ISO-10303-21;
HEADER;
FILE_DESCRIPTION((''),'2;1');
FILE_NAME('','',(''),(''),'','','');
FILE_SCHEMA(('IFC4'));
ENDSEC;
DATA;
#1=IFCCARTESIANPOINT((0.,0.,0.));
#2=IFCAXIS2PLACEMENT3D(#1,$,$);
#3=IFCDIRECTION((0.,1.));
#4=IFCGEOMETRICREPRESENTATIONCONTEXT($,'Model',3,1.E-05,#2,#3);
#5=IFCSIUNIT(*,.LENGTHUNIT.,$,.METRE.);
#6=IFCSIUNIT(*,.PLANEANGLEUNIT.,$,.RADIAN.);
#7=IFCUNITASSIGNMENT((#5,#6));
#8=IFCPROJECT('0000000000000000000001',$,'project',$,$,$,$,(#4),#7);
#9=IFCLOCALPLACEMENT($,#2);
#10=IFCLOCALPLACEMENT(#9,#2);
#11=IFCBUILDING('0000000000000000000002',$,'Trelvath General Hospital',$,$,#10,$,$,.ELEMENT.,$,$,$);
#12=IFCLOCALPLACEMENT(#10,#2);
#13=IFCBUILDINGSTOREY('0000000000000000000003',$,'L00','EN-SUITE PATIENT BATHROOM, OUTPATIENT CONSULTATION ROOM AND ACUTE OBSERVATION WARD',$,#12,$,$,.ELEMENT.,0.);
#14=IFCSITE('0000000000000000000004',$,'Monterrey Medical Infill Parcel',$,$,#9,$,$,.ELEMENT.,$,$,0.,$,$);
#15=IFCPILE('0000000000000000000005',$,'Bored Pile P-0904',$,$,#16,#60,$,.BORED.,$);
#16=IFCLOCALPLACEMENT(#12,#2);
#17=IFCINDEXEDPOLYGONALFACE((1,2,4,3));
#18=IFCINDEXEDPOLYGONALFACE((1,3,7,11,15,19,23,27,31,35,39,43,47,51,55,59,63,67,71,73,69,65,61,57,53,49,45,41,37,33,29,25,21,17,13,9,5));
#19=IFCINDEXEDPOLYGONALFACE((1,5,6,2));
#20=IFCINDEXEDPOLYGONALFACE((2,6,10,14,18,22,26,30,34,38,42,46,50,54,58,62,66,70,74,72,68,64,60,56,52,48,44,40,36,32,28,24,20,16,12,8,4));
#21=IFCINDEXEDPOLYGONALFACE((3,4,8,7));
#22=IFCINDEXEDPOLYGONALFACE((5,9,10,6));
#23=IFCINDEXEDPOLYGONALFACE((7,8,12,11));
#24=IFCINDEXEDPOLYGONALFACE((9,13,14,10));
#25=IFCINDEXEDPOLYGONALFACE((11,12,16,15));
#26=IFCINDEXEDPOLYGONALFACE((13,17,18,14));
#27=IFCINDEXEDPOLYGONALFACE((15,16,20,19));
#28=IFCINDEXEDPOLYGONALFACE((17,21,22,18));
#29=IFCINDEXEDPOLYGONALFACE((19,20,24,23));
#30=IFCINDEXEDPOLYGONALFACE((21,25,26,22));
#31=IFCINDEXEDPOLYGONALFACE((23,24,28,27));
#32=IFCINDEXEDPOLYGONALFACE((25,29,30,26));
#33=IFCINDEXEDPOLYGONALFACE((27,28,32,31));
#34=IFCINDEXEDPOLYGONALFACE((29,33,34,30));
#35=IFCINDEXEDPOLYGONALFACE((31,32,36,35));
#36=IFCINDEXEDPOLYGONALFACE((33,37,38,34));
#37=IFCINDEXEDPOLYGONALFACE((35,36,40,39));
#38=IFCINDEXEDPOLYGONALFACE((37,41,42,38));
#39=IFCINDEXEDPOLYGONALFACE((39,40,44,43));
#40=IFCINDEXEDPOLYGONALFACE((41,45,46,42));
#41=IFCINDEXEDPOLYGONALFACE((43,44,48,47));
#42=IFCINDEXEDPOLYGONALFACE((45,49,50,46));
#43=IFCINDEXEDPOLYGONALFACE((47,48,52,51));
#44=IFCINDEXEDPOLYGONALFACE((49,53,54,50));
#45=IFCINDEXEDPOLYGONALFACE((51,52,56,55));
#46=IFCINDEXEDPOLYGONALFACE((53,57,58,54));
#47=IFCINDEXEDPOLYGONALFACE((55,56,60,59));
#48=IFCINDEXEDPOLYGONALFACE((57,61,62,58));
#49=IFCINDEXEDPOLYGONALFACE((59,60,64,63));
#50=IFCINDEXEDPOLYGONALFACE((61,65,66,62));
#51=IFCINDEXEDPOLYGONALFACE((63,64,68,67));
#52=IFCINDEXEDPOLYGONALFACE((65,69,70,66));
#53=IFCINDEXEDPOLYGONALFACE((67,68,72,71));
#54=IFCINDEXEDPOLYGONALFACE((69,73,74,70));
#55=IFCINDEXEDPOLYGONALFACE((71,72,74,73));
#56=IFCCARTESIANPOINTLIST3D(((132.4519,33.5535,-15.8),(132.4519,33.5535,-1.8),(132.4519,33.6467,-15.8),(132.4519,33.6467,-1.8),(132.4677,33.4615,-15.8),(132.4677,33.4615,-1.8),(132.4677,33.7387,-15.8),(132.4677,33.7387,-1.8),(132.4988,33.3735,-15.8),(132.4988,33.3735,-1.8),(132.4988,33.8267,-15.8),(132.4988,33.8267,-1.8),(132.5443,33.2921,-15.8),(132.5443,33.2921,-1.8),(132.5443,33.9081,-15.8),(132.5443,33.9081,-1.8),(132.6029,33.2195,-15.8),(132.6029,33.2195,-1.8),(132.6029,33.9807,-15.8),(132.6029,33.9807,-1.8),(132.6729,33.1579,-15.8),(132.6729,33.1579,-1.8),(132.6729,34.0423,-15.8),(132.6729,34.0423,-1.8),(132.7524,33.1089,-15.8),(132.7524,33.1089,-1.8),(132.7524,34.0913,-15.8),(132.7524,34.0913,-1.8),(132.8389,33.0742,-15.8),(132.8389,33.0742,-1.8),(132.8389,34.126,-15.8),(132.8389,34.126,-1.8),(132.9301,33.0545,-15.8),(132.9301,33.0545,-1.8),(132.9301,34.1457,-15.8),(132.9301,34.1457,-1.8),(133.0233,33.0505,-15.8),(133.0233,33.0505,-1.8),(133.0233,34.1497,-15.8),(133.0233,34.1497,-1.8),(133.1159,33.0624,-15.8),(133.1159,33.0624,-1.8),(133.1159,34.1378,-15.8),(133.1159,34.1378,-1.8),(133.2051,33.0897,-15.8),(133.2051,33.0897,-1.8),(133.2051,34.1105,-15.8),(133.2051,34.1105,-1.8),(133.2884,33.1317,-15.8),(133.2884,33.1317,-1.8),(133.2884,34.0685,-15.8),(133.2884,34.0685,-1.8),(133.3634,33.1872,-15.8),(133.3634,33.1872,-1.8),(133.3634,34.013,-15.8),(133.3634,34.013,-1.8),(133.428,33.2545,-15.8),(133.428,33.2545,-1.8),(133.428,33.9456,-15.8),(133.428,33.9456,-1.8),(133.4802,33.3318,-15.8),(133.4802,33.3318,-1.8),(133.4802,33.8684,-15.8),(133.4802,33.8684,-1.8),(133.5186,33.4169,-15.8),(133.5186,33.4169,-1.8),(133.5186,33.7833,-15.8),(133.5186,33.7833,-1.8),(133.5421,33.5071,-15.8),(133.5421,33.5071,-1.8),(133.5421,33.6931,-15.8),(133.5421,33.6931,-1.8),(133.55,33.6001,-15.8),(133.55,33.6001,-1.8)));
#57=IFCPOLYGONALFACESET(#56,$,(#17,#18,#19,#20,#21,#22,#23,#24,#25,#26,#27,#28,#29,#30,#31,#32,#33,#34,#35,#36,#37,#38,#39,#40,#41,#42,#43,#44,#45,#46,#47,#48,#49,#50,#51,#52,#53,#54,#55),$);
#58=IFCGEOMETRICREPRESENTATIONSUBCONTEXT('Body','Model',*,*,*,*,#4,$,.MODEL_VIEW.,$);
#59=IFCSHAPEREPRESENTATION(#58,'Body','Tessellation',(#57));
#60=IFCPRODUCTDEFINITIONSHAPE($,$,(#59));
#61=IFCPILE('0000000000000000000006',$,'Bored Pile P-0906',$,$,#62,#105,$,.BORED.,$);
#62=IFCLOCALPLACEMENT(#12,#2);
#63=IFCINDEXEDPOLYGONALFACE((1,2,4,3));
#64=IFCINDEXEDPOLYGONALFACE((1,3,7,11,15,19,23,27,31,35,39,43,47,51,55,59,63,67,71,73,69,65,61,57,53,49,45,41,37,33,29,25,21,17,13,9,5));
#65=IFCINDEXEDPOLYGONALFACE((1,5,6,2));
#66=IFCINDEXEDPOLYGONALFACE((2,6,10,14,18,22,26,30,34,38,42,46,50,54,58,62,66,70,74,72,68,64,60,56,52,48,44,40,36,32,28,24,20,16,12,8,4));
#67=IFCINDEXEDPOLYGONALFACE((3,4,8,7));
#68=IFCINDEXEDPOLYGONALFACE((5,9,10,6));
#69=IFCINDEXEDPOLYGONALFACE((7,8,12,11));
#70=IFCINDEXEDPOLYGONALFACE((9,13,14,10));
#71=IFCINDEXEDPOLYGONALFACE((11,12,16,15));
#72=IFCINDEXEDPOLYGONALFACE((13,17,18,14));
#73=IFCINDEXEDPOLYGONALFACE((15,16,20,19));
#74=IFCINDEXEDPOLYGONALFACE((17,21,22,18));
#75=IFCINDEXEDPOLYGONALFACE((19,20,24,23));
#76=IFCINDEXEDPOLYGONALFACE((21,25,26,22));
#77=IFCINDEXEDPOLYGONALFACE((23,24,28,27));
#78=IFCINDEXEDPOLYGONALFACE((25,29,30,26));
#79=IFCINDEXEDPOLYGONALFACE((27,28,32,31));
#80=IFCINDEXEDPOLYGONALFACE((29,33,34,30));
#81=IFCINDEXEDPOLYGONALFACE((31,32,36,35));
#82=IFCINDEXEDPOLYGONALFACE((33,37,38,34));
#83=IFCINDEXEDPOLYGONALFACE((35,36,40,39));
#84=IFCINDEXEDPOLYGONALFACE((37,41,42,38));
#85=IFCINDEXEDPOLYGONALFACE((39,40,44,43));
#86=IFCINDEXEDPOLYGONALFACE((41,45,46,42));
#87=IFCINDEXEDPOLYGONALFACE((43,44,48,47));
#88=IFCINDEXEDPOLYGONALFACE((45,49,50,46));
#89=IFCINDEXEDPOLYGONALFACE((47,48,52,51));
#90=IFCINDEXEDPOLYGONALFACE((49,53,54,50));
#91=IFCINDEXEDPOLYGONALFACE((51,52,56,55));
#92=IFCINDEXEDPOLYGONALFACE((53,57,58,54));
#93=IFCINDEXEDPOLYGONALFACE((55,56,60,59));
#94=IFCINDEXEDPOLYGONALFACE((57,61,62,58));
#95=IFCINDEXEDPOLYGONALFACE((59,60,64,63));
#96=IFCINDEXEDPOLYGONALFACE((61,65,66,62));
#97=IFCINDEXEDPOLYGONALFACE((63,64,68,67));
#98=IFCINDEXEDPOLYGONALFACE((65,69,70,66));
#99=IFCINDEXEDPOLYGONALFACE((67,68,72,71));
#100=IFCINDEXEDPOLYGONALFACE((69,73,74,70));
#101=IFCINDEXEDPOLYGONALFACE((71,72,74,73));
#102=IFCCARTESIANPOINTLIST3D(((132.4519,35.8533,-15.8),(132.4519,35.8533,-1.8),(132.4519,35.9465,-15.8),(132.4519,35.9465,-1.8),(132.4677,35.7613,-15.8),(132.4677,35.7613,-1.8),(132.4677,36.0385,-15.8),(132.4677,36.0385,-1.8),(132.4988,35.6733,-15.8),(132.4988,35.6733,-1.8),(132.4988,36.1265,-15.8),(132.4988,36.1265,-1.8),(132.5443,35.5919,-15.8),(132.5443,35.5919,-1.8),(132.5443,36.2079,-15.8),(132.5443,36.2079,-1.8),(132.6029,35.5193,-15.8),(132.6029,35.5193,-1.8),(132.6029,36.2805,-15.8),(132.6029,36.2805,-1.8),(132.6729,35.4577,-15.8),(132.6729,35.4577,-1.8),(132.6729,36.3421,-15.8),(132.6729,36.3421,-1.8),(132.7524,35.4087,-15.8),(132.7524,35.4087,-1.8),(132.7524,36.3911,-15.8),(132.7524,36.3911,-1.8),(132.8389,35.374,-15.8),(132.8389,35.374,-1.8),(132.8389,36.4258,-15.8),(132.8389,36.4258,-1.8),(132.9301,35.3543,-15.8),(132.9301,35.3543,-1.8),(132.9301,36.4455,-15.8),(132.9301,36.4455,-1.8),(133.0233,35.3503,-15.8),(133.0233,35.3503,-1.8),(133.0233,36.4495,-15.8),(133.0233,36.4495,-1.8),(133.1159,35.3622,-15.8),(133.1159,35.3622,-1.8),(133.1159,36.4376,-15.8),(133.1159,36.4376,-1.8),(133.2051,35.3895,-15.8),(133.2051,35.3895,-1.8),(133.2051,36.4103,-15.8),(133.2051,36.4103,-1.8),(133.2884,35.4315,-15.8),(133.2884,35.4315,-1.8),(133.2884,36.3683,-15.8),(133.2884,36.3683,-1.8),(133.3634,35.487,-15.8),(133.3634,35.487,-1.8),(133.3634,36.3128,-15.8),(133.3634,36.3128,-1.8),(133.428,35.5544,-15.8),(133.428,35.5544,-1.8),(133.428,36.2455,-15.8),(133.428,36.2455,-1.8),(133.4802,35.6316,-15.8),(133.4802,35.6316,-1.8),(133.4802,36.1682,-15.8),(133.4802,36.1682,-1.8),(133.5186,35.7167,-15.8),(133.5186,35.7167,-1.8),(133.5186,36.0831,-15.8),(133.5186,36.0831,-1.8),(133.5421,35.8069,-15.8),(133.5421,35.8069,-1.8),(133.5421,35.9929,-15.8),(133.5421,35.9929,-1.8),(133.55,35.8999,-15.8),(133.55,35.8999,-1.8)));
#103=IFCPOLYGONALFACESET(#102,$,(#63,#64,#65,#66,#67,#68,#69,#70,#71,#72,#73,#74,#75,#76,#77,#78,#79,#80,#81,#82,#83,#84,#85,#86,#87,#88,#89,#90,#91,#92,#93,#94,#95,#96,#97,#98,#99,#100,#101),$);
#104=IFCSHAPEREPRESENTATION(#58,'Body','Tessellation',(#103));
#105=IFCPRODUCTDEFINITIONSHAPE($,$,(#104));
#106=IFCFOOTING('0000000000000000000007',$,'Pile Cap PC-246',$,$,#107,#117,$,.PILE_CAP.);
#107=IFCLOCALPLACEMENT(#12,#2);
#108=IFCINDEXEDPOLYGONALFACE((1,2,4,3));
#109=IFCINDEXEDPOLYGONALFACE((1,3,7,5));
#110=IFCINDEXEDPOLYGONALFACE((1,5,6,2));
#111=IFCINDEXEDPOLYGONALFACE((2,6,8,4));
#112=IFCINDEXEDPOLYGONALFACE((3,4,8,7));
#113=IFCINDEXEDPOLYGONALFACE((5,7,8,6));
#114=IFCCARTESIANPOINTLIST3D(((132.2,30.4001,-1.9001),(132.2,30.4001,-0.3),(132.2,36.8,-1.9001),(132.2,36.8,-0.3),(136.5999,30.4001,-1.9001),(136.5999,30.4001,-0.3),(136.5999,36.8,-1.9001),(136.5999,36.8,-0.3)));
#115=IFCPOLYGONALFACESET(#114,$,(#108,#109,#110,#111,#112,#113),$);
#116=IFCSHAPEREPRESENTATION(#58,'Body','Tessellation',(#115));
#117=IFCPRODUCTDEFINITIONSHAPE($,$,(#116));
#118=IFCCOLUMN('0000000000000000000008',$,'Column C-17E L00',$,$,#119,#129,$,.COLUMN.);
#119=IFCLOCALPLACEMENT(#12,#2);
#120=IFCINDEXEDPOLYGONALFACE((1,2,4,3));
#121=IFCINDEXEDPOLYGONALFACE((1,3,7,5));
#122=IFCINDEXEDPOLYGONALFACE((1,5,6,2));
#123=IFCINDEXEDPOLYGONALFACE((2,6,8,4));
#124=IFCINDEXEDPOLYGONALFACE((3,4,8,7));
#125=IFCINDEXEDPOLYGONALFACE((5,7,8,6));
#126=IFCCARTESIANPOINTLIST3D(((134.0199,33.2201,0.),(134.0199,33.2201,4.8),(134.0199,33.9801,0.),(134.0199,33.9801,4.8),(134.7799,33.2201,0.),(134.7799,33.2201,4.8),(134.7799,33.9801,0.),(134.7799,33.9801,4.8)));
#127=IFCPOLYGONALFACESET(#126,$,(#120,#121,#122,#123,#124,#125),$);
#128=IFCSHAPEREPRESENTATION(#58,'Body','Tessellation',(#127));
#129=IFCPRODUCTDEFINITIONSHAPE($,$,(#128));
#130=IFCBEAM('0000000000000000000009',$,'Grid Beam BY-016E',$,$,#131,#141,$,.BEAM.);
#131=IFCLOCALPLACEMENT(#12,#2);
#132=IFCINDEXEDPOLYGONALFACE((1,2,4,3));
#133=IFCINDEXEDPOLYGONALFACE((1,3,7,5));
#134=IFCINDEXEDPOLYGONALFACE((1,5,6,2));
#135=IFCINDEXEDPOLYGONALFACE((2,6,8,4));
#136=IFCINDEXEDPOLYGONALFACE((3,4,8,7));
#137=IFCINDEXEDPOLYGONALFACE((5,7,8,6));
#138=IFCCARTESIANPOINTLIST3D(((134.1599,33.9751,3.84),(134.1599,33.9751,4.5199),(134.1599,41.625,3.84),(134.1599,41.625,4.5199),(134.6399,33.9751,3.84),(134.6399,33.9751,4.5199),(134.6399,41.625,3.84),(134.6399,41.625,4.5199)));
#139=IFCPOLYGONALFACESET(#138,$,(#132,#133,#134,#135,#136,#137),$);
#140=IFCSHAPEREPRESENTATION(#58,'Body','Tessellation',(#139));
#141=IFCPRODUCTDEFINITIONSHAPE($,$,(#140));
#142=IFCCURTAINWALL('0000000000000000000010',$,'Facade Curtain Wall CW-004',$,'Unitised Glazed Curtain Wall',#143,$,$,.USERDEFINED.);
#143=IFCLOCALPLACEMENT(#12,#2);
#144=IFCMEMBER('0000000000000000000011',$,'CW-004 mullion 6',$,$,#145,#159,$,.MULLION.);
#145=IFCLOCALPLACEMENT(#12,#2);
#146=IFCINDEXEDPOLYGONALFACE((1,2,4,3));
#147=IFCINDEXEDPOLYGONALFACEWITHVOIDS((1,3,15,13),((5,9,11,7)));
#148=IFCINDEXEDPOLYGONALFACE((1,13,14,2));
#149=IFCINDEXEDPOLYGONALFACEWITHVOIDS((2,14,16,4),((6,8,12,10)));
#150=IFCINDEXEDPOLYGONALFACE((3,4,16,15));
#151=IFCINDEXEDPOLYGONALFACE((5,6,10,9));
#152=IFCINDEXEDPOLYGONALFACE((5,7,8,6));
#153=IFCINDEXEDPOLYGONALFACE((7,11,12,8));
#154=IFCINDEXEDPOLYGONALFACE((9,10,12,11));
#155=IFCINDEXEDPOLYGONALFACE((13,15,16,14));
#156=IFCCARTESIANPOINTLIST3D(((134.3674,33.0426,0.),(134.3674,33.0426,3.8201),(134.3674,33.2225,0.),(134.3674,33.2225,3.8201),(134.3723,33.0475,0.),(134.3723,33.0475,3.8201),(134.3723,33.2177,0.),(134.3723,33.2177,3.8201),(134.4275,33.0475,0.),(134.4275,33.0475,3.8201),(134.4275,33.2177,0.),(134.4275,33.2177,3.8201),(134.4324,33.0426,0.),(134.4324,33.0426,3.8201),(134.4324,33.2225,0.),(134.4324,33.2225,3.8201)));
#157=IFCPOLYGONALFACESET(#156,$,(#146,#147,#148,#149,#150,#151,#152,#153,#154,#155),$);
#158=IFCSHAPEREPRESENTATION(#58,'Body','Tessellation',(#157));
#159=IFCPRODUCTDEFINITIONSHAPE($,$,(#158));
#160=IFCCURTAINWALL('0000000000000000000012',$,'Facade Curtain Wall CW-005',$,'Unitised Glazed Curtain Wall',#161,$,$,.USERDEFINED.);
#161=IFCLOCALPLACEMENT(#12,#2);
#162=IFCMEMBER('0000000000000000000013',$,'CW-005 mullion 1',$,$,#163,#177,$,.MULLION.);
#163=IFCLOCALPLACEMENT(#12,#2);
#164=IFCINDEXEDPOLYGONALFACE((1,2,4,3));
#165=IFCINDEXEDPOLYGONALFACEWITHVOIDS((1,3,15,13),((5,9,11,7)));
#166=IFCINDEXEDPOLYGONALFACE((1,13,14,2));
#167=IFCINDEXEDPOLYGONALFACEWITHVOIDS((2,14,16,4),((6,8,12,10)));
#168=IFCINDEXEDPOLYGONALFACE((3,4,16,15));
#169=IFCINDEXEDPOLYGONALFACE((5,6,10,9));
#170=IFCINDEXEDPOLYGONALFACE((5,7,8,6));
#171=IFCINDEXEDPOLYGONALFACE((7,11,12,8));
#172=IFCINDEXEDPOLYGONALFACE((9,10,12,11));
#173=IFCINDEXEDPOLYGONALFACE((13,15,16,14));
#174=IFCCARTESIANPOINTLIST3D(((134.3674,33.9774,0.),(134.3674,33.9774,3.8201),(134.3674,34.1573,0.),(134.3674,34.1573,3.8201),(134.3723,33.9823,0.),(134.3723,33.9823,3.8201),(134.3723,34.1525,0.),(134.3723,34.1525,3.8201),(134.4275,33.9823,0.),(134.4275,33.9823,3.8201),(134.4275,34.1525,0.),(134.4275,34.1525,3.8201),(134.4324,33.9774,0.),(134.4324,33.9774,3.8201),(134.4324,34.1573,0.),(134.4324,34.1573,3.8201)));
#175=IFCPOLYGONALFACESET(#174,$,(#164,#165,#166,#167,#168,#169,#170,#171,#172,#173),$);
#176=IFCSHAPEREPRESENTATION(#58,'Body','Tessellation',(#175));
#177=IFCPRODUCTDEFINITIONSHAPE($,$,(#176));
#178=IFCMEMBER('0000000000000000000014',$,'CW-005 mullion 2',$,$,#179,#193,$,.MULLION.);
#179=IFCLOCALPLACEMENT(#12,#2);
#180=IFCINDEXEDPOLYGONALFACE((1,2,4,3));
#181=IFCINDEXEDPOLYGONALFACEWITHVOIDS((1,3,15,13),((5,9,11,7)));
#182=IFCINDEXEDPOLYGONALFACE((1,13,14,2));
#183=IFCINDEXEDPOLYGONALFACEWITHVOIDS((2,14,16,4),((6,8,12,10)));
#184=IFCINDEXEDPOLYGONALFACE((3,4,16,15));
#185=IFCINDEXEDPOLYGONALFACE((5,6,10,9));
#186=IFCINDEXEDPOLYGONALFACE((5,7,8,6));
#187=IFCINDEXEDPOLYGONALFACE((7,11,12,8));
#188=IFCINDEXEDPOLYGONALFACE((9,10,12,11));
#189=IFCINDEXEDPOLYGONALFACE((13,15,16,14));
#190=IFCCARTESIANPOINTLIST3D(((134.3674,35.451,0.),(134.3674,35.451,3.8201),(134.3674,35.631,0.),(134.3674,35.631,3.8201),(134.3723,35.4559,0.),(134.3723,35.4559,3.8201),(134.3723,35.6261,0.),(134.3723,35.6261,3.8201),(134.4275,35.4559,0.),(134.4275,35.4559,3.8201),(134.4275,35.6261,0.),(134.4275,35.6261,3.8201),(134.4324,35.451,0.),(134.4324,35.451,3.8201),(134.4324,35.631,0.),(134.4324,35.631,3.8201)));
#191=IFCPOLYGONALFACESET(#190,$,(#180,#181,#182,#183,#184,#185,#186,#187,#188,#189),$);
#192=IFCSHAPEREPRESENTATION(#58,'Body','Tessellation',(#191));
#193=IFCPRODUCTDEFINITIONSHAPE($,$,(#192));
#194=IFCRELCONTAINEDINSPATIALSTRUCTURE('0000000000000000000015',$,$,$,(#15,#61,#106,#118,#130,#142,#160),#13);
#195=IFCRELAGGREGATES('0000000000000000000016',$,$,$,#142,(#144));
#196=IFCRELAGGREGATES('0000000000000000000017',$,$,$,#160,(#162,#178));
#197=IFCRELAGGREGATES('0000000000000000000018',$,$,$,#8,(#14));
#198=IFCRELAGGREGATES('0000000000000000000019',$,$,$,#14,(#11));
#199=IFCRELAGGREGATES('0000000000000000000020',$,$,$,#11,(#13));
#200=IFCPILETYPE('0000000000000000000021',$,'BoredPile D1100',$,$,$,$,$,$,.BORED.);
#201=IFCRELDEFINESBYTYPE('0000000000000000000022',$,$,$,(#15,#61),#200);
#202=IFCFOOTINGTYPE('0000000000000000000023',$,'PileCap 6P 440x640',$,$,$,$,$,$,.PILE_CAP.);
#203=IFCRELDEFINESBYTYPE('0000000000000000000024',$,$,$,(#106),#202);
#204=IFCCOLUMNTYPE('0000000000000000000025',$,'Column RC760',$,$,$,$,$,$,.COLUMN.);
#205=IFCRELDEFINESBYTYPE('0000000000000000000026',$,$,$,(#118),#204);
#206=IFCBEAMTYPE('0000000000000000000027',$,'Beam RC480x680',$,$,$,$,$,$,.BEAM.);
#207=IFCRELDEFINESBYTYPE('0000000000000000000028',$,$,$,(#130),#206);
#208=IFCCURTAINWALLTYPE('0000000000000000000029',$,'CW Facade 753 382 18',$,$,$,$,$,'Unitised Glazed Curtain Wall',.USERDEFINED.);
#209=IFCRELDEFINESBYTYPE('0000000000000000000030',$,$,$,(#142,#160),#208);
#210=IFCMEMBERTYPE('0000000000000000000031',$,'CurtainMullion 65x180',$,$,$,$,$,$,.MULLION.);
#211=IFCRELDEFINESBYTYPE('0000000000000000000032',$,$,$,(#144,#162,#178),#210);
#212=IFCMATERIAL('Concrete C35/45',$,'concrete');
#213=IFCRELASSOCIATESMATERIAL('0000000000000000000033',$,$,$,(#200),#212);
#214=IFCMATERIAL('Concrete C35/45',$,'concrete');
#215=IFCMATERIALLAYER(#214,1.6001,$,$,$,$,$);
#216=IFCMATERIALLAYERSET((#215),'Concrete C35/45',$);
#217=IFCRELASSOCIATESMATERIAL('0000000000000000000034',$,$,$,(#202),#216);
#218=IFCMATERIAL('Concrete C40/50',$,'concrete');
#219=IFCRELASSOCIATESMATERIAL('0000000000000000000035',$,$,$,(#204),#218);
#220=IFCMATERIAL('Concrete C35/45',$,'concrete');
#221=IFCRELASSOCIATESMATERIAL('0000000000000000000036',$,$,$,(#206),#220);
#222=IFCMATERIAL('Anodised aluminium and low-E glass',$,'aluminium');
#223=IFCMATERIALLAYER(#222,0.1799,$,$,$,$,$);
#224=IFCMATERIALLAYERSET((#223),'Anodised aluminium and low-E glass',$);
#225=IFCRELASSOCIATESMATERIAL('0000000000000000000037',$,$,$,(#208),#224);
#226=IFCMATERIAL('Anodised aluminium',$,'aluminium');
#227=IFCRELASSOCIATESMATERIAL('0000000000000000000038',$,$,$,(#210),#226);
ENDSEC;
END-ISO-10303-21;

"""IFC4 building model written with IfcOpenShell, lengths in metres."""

from ifc_helpers import new_model, si_unit, direction, frame, origin, origin_2d, place, context, subcontext, project, spatial, rectangle, hollow_rectangle, circle, extrude, material, layer, layer_set, material_profile, profile_set, type_object, element, aggregate, save


model = new_model("IFC4")

# Units and contexts
model_context = context("Model", 3, precision=1e-05, world=origin(), true_north=direction((0.0, 1.0)))
body_context = subcontext(model_context, "Body", "Model", "MODEL_VIEW")
ifc_project = project(units=[si_unit("LENGTHUNIT", "METRE"), si_unit("PLANEANGLEUNIT", "RADIAN")], contexts=[model_context])

# Site, building, storey
site_placement = place(None, origin())
site = spatial("IfcSite", under=ifc_project, at=site_placement, Name="Monterrey Medical Infill Parcel", CompositionType="ELEMENT", RefElevation=0.0)
building_placement = place(site_placement, origin())
building = spatial("IfcBuilding", under=site, at=building_placement, Name="Trelvath General Hospital", CompositionType="ELEMENT")
storey_placement = place(building_placement, origin())
storey = spatial("IfcBuildingStorey", under=building, at=storey_placement, Name="L00", Description="EN-SUITE PATIENT BATHROOM, OUTPATIENT CONSULTATION ROOM AND ACUTE OBSERVATION WARD", CompositionType="ELEMENT", Elevation=0.0)

# Piles
ifc_material_1 = material(Name="Concrete C35/45", Category="concrete")
ifc_material_profile_1 = material_profile(ifc_material_1, circle(Radius=0.55, at=origin_2d()), Name="PILE1100")
ifc_profile_set_1 = profile_set([ifc_material_profile_1], Name="Concrete C35/45")
pile_type = type_object("IfcPileType", Name="BoredPile D1100", PredefinedType="BORED", material=ifc_profile_set_1)
for number, where, z_axis, x_axis, name in (
    (1, (133.0, 33.6001, -1.8), (0.0, 0.0, -1.0), (1.0, 0.0, 0.0), "Bored Pile P-0904"),
    (2, (133.0, 35.8999, -1.8), (0.0, 0.0, -1.0), (1.0, 0.0, 0.0), "Bored Pile P-0906"),
):
    element("IfcPile", number, at=place(storey_placement, frame(where, z_axis=z_axis, x_axis=x_axis)), inside=storey, type_object=pile_type, Name=name, PredefinedType="BORED", context=body_context, shape_type="SweptSolid", body=[
        extrude(circle(Radius=0.55, at=origin_2d()), origin(), (0.0, 0.0, 1.0), 14.0),
    ])

# Footing
ifc_material_2 = material(Name="Concrete C35/45", Category="concrete")
ifc_layer_1 = layer(ifc_material_2, 1.6001)
ifc_layer_set_1 = layer_set([ifc_layer_1], Name="Concrete C35/45")
footing_type = type_object("IfcFootingType", Name="PileCap 6P 440x640", PredefinedType="PILE_CAP", material=ifc_layer_set_1)
footing_placement = place(storey_placement, frame((134.3999, 33.6001, -1.9001), z_axis=(0.0, 0.0, 1.0), x_axis=(1.0, 0.0, 0.0)))
element("IfcFooting", 3, at=footing_placement, inside=storey, type_object=footing_type, Name="Pile Cap PC-246", PredefinedType="PILE_CAP", context=body_context, shape_type="SweptSolid", body=[
    extrude(rectangle(XDim=4.3999, YDim=6.3999, at=origin_2d()), origin(), (0.0, 0.0, 1.0), 1.6001),
])

# Column
ifc_material_3 = material(Name="Concrete C40/50", Category="concrete")
ifc_material_profile_2 = material_profile(ifc_material_3, rectangle(XDim=0.76, YDim=0.76, at=origin_2d()), Name="RC760x760")
ifc_profile_set_2 = profile_set([ifc_material_profile_2], Name="Concrete C40/50")
column_type = type_object("IfcColumnType", Name="Column RC760", PredefinedType="COLUMN", material=ifc_profile_set_2)
column_placement = place(storey_placement, frame((134.3999, 33.6001, 0.0), z_axis=(0.0, 0.0, 1.0), x_axis=(1.0, 0.0, 0.0)))
element("IfcColumn", 4, at=column_placement, inside=storey, type_object=column_type, Name="Column C-17E L00", PredefinedType="COLUMN", context=body_context, shape_type="SweptSolid", body=[
    extrude(rectangle(XDim=0.76, YDim=0.76, at=origin_2d()), origin(), (0.0, 0.0, 1.0), 4.8),
])

# Beam
ifc_material_4 = material(Name="Concrete C35/45", Category="concrete")
ifc_material_profile_3 = material_profile(ifc_material_4, rectangle(XDim=0.48, YDim=0.6799, at=origin_2d()), Name="RCB480x680")
ifc_profile_set_3 = profile_set([ifc_material_profile_3], Name="Concrete C35/45")
beam_type = type_object("IfcBeamType", Name="Beam RC480x680", PredefinedType="BEAM", material=ifc_profile_set_3)
beam_placement = place(storey_placement, frame((134.3999, 33.9751, 4.1799), z_axis=(0.0, 1.0, 0.0), x_axis=(-1.0, 0.0, 0.0)))
element("IfcBeam", 5, at=beam_placement, inside=storey, type_object=beam_type, Name="Grid Beam BY-016E", PredefinedType="BEAM", context=body_context, shape_type="SweptSolid", body=[
    extrude(rectangle(XDim=0.48, YDim=0.6799, at=origin_2d()), origin(), (0.0, 0.0, 1.0), 7.6499),
])

# Curtain wall, member
ifc_material_5 = material(Name="Anodised aluminium and low-E glass", Category="aluminium")
ifc_layer_2 = layer(ifc_material_5, 0.1799)
ifc_layer_set_2 = layer_set([ifc_layer_2], Name="Anodised aluminium and low-E glass")
curtain_wall_type = type_object("IfcCurtainWallType", Name="CW Facade 753 382 18", ElementType="Unitised Glazed Curtain Wall", PredefinedType="USERDEFINED", material=ifc_layer_set_2)
curtain_wall_1_placement = place(storey_placement, origin())
curtain_wall_1 = element("IfcCurtainWall", 6, at=curtain_wall_1_placement, inside=storey, type_object=curtain_wall_type, Name="Facade Curtain Wall CW-004", ObjectType="Unitised Glazed Curtain Wall", PredefinedType="USERDEFINED")
ifc_material_6 = material(Name="Anodised aluminium", Category="aluminium")
ifc_material_profile_4 = material_profile(ifc_material_6, hollow_rectangle(XDim=0.0649, YDim=0.1799, WallThickness=0.0049, at=origin_2d()), Name="RHS65x180x5")
ifc_profile_set_4 = profile_set([ifc_material_profile_4], Name="Anodised aluminium")
member_type_1 = type_object("IfcMemberType", Name="CurtainMullion 65x180", PredefinedType="MULLION", material=ifc_profile_set_4)
member_1_placement = place(storey_placement, frame((134.3999, 33.1326, 0.0), z_axis=(0.0, 0.0, 1.0), x_axis=(-1.0, 0.0, 0.0)))
member_1 = element("IfcMember", 7, at=member_1_placement, type_object=member_type_1, Name="CW-004 mullion 6", PredefinedType="MULLION", context=body_context, shape_type="SweptSolid", body=[
    extrude(hollow_rectangle(XDim=0.0649, YDim=0.1799, WallThickness=0.0049, at=origin_2d()), origin(), (0.0, 0.0, 1.0), 3.8201),
])

# Curtain wall, members
curtain_wall_2_placement = place(storey_placement, origin())
curtain_wall_2 = element("IfcCurtainWall", 8, at=curtain_wall_2_placement, inside=storey, type_object=curtain_wall_type, Name="Facade Curtain Wall CW-005", ObjectType="Unitised Glazed Curtain Wall", PredefinedType="USERDEFINED")
member_2_placement = place(storey_placement, frame((134.3999, 34.0674, 0.0), z_axis=(0.0, 0.0, 1.0), x_axis=(-1.0, 0.0, 0.0)))
member_2 = element("IfcMember", 9, at=member_2_placement, type_object=member_type_1, Name="CW-005 mullion 1", PredefinedType="MULLION", context=body_context, shape_type="SweptSolid", body=[
    extrude(hollow_rectangle(XDim=0.0649, YDim=0.1799, WallThickness=0.0049, at=origin_2d()), origin(), (0.0, 0.0, 1.0), 3.8201),
])
member_3_placement = place(storey_placement, frame((134.3999, 35.541, 0.0), z_axis=(0.0, 0.0, 1.0), x_axis=(-1.0, 0.0, 0.0)))
member_3 = element("IfcMember", 10, at=member_3_placement, type_object=member_type_1, Name="CW-005 mullion 2", PredefinedType="MULLION", context=body_context, shape_type="SweptSolid", body=[
    extrude(hollow_rectangle(XDim=0.0649, YDim=0.1799, WallThickness=0.0049, at=origin_2d()), origin(), (0.0, 0.0, 1.0), 3.8201),
])

aggregate(curtain_wall_1, [member_1])
aggregate(curtain_wall_2, [member_2, member_3])

save(model, "model.ifc")
